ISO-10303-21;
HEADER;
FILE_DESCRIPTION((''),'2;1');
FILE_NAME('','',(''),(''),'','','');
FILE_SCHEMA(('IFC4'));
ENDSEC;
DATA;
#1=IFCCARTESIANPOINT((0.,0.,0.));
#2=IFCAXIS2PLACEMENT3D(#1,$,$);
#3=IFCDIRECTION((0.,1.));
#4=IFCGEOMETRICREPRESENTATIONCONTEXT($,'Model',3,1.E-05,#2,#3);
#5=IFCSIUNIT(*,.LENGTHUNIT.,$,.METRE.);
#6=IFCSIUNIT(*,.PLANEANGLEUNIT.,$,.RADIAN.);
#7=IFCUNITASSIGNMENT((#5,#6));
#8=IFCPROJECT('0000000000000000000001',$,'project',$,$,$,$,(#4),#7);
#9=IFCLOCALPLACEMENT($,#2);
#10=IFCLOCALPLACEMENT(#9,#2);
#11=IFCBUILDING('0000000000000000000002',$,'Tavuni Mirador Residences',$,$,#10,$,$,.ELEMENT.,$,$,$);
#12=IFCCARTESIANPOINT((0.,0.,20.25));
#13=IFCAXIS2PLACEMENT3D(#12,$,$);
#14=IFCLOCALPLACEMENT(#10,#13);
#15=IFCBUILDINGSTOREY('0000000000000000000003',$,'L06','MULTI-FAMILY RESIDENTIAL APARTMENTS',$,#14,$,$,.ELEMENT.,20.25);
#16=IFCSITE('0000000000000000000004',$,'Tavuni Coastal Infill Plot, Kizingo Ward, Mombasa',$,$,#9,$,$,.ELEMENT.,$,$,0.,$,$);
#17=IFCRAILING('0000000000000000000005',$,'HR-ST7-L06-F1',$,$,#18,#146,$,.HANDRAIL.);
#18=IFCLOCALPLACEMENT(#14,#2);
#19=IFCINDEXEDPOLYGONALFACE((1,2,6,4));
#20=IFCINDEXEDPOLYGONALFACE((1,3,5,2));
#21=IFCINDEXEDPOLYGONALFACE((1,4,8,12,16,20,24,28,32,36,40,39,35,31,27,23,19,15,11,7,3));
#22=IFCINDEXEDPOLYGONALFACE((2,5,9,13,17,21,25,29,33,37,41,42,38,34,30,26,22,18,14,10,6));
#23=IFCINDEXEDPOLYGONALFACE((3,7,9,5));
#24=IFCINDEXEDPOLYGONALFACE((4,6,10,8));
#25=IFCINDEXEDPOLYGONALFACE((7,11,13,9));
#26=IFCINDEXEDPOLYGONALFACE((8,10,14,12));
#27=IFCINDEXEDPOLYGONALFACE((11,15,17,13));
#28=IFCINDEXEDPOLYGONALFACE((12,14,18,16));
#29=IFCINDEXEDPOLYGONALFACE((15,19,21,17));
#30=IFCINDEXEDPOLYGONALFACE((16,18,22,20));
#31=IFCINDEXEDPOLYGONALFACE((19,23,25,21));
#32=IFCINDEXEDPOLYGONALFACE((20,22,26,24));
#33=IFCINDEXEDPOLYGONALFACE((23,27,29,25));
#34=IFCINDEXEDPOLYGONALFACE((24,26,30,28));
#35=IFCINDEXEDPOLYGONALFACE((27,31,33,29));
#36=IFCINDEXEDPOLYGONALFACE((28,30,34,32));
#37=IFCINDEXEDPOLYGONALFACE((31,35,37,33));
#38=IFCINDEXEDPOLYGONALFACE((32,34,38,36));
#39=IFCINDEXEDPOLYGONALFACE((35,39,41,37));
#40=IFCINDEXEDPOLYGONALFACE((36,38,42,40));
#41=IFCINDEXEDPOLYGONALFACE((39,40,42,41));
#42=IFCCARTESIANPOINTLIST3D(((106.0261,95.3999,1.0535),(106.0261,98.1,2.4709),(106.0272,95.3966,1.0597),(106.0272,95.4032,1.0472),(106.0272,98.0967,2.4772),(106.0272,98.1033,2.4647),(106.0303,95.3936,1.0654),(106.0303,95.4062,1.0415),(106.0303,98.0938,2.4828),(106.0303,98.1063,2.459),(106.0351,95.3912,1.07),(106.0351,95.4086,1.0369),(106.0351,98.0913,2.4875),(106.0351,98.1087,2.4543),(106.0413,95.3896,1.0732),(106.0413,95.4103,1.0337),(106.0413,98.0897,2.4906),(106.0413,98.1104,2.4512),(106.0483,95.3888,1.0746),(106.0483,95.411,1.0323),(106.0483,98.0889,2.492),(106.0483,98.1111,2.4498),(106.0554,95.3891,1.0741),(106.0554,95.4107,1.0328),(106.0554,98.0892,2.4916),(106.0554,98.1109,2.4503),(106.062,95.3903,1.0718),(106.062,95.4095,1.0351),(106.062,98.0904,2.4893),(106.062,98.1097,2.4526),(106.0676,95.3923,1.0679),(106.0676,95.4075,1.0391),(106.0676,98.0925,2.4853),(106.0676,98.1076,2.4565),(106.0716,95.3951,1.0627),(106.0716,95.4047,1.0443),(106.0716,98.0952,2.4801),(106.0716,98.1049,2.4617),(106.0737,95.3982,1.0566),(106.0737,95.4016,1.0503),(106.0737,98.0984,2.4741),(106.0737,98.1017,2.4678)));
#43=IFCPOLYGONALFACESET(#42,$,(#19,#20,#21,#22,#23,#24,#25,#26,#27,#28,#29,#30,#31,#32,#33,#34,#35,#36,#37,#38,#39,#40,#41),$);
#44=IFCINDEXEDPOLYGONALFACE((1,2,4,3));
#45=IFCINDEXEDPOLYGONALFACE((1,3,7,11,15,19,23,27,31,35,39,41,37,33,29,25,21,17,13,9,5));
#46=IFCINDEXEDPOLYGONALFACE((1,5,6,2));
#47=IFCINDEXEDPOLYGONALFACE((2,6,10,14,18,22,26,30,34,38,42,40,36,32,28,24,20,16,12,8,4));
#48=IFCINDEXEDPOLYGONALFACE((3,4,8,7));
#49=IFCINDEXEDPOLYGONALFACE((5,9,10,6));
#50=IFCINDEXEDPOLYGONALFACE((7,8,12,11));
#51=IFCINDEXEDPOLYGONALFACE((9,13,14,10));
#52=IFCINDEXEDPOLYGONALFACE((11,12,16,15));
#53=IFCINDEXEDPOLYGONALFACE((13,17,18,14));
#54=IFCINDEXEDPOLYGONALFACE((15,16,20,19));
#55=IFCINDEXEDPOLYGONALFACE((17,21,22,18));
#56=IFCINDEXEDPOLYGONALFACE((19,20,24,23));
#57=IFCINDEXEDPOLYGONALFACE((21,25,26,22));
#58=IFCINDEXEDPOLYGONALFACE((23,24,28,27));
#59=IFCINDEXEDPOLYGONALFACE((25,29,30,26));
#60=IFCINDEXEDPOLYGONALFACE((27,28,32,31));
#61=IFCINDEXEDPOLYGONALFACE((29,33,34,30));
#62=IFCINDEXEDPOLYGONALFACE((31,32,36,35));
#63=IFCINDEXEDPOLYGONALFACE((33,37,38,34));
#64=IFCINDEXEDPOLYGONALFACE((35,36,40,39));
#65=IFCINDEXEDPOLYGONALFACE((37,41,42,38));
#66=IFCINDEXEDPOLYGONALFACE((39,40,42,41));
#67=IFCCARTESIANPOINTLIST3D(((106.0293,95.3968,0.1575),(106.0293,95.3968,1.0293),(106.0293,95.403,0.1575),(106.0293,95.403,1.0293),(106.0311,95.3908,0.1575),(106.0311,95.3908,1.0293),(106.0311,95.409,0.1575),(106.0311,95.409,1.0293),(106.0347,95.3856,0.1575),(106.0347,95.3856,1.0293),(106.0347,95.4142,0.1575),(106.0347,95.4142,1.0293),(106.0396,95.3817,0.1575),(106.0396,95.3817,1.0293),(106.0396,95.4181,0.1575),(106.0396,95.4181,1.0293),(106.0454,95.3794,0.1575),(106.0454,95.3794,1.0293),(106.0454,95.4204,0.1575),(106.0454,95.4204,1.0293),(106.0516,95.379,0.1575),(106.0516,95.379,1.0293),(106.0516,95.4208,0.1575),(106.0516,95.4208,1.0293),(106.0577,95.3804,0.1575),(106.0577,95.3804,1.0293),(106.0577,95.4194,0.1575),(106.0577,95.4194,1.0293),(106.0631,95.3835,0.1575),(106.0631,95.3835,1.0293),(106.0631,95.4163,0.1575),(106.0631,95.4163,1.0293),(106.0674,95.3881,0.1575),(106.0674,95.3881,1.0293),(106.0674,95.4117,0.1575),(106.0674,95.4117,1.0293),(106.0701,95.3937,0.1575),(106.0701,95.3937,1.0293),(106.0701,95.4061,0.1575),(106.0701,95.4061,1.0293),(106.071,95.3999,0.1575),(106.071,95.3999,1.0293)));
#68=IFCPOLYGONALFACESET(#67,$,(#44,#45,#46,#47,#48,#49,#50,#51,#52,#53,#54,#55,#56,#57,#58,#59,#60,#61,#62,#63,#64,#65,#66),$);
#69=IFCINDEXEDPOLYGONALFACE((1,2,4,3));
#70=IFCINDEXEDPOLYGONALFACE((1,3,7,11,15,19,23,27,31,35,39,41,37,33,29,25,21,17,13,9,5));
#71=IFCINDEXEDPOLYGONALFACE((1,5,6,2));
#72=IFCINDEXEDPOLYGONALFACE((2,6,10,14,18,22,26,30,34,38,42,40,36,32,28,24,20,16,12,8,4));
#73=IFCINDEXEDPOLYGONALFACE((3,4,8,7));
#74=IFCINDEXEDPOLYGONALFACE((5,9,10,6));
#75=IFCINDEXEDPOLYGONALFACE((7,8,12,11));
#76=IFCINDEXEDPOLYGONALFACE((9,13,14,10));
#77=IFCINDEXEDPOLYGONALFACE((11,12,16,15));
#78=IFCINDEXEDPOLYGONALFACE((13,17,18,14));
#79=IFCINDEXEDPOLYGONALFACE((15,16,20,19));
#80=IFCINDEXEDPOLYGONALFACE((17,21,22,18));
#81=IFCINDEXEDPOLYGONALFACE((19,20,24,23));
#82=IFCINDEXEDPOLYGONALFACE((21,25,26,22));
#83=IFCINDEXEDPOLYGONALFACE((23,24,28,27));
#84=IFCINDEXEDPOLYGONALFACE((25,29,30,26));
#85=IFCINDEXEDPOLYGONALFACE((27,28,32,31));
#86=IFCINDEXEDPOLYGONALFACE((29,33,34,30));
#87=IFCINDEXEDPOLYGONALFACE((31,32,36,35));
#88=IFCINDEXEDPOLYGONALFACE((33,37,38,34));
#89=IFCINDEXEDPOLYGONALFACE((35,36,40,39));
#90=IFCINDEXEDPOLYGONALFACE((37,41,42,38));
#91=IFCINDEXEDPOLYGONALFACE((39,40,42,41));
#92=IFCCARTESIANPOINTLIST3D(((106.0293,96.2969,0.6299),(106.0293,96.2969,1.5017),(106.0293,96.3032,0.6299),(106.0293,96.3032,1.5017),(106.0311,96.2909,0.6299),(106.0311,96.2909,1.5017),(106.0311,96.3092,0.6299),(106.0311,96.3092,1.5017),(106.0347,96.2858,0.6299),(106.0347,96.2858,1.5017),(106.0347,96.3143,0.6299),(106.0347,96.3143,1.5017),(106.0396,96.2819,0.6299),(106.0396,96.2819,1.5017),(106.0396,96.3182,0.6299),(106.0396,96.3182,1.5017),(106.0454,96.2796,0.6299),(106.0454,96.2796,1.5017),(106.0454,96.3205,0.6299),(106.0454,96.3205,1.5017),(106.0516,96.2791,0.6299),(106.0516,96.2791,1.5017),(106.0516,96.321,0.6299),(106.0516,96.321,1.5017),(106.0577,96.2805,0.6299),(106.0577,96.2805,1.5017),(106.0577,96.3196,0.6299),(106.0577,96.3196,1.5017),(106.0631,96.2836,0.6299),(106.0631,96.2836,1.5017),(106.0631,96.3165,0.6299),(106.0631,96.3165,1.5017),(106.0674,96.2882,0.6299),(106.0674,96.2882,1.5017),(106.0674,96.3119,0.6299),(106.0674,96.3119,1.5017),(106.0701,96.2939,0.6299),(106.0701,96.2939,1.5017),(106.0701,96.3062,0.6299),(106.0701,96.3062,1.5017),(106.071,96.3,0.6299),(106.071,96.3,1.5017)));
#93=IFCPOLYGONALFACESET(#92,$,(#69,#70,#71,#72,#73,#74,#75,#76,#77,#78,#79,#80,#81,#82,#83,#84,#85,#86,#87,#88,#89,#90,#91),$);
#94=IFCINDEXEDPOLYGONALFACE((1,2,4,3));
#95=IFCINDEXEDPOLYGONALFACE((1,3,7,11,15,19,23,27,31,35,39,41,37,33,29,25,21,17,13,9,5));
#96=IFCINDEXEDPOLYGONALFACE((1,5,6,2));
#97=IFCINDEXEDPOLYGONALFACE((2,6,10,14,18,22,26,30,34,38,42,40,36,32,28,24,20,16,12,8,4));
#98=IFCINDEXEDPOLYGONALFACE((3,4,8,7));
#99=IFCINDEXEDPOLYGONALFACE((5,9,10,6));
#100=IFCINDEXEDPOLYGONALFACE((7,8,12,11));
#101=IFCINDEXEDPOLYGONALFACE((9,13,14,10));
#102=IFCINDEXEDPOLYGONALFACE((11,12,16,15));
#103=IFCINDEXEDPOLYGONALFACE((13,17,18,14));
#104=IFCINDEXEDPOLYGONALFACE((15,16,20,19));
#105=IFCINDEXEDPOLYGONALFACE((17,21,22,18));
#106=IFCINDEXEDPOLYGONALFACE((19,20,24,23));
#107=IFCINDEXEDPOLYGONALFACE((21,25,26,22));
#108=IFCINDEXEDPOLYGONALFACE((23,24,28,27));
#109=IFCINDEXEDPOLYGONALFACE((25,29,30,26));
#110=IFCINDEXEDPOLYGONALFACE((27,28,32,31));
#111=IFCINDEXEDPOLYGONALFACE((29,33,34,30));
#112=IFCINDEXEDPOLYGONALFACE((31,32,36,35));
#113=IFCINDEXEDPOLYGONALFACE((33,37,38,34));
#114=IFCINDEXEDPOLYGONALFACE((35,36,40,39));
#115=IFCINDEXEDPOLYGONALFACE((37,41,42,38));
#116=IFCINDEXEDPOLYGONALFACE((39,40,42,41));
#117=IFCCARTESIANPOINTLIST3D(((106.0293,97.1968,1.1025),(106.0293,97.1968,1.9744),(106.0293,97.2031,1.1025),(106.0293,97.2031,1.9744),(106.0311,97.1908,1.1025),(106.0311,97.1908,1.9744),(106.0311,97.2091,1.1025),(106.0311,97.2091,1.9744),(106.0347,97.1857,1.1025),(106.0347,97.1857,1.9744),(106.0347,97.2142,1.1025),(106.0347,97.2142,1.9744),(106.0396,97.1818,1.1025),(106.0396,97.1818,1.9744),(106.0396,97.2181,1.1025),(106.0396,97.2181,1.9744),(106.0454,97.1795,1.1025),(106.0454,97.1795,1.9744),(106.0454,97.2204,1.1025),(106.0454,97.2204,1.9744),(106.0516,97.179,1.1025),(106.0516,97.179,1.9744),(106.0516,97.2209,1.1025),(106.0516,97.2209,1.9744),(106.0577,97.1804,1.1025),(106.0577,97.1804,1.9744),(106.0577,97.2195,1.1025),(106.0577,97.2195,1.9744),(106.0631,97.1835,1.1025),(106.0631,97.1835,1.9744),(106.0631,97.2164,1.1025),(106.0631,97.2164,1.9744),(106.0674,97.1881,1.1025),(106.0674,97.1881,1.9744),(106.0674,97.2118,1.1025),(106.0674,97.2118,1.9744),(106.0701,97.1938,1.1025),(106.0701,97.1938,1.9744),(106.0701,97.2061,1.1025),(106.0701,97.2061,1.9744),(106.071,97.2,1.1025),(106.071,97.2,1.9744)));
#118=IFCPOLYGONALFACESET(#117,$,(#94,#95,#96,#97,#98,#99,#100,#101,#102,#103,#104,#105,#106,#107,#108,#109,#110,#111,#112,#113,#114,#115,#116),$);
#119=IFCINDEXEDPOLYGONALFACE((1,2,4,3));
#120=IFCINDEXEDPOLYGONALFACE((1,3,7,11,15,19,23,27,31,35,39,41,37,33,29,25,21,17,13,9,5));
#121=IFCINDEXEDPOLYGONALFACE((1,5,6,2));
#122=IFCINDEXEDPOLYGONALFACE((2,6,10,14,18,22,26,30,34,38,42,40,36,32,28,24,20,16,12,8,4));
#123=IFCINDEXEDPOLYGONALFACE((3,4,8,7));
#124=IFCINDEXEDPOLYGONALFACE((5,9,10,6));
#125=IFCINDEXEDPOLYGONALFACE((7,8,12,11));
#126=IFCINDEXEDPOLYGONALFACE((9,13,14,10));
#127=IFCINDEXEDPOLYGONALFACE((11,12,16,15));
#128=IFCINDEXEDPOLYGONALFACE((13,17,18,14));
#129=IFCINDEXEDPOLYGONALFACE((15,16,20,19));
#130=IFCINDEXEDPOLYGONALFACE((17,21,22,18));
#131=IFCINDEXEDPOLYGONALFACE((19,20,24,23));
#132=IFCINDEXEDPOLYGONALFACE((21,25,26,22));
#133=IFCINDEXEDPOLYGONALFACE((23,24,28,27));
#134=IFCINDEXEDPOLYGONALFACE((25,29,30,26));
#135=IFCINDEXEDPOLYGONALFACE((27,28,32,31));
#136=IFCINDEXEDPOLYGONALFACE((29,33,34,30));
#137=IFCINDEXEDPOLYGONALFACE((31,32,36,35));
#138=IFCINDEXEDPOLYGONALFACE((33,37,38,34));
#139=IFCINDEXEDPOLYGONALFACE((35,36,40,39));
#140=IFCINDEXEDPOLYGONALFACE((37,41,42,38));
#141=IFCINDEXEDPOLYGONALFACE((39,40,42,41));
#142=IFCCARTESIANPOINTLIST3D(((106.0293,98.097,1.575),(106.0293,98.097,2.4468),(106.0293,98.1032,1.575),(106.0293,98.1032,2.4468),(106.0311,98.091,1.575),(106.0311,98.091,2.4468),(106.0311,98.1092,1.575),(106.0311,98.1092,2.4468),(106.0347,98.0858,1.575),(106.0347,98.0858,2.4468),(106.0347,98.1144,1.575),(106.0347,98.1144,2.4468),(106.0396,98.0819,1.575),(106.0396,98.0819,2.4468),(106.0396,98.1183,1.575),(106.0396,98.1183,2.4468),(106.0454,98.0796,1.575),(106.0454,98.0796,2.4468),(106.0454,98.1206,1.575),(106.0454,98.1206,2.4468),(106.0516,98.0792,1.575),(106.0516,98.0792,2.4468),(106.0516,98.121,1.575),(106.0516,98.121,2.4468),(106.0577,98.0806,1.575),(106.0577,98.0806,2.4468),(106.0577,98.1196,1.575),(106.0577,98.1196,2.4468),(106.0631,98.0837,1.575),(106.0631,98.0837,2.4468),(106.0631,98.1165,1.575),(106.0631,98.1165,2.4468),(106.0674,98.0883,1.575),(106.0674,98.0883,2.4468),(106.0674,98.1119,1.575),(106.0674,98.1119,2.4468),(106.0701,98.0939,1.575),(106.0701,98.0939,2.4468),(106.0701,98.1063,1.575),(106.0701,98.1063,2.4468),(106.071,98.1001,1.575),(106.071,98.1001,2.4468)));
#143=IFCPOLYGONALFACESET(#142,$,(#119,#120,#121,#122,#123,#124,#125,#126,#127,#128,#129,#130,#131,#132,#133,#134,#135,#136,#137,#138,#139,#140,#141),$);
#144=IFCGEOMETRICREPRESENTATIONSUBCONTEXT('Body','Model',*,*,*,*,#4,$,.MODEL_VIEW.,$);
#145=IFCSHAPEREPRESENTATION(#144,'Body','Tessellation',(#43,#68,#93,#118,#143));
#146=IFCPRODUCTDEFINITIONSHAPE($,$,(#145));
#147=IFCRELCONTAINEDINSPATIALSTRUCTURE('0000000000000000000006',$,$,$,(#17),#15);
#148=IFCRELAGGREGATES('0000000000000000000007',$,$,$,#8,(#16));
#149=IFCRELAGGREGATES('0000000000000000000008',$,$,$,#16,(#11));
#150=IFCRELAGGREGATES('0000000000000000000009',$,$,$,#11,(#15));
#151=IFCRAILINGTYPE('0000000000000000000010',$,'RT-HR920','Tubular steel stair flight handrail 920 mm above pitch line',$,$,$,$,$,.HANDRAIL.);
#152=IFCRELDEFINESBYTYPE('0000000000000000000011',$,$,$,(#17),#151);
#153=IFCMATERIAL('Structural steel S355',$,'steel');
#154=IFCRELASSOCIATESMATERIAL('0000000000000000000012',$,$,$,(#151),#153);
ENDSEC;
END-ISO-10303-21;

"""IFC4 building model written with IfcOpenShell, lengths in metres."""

from ifc_helpers import new_model, si_unit, direction, frame, origin, origin_2d, place, context, subcontext, project, spatial, circle, extrude, material, type_object, element, save


model = new_model("IFC4")

# Units and contexts
model_context = context("Model", 3, precision=1e-05, world=origin(), true_north=direction((0.0, 1.0)))
body_context = subcontext(model_context, "Body", "Model", "MODEL_VIEW")
ifc_project = project(units=[si_unit("LENGTHUNIT", "METRE"), si_unit("PLANEANGLEUNIT", "RADIAN")], contexts=[model_context])

# Site, building, storey
site_placement = place(None, origin())
site = spatial("IfcSite", under=ifc_project, at=site_placement, Name="Tavuni Coastal Infill Plot, Kizingo Ward, Mombasa", CompositionType="ELEMENT", RefElevation=0.0)
building_placement = place(site_placement, origin())
building = spatial("IfcBuilding", under=site, at=building_placement, Name="Tavuni Mirador Residences", CompositionType="ELEMENT")
storey_placement = place(building_placement, frame((0.0, 0.0, 20.25)))
storey = spatial("IfcBuildingStorey", under=building, at=storey_placement, Name="L06", Description="MULTI-FAMILY RESIDENTIAL APARTMENTS", CompositionType="ELEMENT", Elevation=20.25)

# Shared definitions
ifc_material_1 = material(Name="Structural steel S355", Category="steel")

# Railing
railing_type_1 = type_object("IfcRailingType", Name="RT-HR920", Description="Tubular steel stair flight handrail 920 mm above pitch line", PredefinedType="HANDRAIL", material=ifc_material_1)
railing_1_placement = place(storey_placement, frame((106.05, 95.3999, 0.1575)))
element("IfcRailing", 1, at=railing_1_placement, inside=storey, type_object=railing_type_1, Name="HR-ST7-L06-F1", PredefinedType="HANDRAIL", context=body_context, shape_type="SweptSolid", body=[
    extrude(circle(Radius=0.0239, at=origin_2d()), frame((0.0, 0.0, 0.896), z_axis=(0.0, 0.885414, 0.464803), x_axis=(-1.0, 0.0, 0.0)), (0.0, 0.0, 1.0), 3.0496),
    extrude(circle(Radius=0.021, at=origin_2d()), origin(), (0.0, 0.0, 1.0), 0.8718),
    extrude(circle(Radius=0.021, at=origin_2d()), frame((0.0, 0.9001, 0.4724)), (0.0, 0.0, 1.0), 0.8718),
    extrude(circle(Radius=0.021, at=origin_2d()), frame((0.0, 1.8, 0.9451)), (0.0, 0.0, 1.0), 0.8718),
    extrude(circle(Radius=0.021, at=origin_2d()), frame((0.0, 2.7002, 1.4175)), (0.0, 0.0, 1.0), 0.8718),
])

save(model, "model.ifc")
